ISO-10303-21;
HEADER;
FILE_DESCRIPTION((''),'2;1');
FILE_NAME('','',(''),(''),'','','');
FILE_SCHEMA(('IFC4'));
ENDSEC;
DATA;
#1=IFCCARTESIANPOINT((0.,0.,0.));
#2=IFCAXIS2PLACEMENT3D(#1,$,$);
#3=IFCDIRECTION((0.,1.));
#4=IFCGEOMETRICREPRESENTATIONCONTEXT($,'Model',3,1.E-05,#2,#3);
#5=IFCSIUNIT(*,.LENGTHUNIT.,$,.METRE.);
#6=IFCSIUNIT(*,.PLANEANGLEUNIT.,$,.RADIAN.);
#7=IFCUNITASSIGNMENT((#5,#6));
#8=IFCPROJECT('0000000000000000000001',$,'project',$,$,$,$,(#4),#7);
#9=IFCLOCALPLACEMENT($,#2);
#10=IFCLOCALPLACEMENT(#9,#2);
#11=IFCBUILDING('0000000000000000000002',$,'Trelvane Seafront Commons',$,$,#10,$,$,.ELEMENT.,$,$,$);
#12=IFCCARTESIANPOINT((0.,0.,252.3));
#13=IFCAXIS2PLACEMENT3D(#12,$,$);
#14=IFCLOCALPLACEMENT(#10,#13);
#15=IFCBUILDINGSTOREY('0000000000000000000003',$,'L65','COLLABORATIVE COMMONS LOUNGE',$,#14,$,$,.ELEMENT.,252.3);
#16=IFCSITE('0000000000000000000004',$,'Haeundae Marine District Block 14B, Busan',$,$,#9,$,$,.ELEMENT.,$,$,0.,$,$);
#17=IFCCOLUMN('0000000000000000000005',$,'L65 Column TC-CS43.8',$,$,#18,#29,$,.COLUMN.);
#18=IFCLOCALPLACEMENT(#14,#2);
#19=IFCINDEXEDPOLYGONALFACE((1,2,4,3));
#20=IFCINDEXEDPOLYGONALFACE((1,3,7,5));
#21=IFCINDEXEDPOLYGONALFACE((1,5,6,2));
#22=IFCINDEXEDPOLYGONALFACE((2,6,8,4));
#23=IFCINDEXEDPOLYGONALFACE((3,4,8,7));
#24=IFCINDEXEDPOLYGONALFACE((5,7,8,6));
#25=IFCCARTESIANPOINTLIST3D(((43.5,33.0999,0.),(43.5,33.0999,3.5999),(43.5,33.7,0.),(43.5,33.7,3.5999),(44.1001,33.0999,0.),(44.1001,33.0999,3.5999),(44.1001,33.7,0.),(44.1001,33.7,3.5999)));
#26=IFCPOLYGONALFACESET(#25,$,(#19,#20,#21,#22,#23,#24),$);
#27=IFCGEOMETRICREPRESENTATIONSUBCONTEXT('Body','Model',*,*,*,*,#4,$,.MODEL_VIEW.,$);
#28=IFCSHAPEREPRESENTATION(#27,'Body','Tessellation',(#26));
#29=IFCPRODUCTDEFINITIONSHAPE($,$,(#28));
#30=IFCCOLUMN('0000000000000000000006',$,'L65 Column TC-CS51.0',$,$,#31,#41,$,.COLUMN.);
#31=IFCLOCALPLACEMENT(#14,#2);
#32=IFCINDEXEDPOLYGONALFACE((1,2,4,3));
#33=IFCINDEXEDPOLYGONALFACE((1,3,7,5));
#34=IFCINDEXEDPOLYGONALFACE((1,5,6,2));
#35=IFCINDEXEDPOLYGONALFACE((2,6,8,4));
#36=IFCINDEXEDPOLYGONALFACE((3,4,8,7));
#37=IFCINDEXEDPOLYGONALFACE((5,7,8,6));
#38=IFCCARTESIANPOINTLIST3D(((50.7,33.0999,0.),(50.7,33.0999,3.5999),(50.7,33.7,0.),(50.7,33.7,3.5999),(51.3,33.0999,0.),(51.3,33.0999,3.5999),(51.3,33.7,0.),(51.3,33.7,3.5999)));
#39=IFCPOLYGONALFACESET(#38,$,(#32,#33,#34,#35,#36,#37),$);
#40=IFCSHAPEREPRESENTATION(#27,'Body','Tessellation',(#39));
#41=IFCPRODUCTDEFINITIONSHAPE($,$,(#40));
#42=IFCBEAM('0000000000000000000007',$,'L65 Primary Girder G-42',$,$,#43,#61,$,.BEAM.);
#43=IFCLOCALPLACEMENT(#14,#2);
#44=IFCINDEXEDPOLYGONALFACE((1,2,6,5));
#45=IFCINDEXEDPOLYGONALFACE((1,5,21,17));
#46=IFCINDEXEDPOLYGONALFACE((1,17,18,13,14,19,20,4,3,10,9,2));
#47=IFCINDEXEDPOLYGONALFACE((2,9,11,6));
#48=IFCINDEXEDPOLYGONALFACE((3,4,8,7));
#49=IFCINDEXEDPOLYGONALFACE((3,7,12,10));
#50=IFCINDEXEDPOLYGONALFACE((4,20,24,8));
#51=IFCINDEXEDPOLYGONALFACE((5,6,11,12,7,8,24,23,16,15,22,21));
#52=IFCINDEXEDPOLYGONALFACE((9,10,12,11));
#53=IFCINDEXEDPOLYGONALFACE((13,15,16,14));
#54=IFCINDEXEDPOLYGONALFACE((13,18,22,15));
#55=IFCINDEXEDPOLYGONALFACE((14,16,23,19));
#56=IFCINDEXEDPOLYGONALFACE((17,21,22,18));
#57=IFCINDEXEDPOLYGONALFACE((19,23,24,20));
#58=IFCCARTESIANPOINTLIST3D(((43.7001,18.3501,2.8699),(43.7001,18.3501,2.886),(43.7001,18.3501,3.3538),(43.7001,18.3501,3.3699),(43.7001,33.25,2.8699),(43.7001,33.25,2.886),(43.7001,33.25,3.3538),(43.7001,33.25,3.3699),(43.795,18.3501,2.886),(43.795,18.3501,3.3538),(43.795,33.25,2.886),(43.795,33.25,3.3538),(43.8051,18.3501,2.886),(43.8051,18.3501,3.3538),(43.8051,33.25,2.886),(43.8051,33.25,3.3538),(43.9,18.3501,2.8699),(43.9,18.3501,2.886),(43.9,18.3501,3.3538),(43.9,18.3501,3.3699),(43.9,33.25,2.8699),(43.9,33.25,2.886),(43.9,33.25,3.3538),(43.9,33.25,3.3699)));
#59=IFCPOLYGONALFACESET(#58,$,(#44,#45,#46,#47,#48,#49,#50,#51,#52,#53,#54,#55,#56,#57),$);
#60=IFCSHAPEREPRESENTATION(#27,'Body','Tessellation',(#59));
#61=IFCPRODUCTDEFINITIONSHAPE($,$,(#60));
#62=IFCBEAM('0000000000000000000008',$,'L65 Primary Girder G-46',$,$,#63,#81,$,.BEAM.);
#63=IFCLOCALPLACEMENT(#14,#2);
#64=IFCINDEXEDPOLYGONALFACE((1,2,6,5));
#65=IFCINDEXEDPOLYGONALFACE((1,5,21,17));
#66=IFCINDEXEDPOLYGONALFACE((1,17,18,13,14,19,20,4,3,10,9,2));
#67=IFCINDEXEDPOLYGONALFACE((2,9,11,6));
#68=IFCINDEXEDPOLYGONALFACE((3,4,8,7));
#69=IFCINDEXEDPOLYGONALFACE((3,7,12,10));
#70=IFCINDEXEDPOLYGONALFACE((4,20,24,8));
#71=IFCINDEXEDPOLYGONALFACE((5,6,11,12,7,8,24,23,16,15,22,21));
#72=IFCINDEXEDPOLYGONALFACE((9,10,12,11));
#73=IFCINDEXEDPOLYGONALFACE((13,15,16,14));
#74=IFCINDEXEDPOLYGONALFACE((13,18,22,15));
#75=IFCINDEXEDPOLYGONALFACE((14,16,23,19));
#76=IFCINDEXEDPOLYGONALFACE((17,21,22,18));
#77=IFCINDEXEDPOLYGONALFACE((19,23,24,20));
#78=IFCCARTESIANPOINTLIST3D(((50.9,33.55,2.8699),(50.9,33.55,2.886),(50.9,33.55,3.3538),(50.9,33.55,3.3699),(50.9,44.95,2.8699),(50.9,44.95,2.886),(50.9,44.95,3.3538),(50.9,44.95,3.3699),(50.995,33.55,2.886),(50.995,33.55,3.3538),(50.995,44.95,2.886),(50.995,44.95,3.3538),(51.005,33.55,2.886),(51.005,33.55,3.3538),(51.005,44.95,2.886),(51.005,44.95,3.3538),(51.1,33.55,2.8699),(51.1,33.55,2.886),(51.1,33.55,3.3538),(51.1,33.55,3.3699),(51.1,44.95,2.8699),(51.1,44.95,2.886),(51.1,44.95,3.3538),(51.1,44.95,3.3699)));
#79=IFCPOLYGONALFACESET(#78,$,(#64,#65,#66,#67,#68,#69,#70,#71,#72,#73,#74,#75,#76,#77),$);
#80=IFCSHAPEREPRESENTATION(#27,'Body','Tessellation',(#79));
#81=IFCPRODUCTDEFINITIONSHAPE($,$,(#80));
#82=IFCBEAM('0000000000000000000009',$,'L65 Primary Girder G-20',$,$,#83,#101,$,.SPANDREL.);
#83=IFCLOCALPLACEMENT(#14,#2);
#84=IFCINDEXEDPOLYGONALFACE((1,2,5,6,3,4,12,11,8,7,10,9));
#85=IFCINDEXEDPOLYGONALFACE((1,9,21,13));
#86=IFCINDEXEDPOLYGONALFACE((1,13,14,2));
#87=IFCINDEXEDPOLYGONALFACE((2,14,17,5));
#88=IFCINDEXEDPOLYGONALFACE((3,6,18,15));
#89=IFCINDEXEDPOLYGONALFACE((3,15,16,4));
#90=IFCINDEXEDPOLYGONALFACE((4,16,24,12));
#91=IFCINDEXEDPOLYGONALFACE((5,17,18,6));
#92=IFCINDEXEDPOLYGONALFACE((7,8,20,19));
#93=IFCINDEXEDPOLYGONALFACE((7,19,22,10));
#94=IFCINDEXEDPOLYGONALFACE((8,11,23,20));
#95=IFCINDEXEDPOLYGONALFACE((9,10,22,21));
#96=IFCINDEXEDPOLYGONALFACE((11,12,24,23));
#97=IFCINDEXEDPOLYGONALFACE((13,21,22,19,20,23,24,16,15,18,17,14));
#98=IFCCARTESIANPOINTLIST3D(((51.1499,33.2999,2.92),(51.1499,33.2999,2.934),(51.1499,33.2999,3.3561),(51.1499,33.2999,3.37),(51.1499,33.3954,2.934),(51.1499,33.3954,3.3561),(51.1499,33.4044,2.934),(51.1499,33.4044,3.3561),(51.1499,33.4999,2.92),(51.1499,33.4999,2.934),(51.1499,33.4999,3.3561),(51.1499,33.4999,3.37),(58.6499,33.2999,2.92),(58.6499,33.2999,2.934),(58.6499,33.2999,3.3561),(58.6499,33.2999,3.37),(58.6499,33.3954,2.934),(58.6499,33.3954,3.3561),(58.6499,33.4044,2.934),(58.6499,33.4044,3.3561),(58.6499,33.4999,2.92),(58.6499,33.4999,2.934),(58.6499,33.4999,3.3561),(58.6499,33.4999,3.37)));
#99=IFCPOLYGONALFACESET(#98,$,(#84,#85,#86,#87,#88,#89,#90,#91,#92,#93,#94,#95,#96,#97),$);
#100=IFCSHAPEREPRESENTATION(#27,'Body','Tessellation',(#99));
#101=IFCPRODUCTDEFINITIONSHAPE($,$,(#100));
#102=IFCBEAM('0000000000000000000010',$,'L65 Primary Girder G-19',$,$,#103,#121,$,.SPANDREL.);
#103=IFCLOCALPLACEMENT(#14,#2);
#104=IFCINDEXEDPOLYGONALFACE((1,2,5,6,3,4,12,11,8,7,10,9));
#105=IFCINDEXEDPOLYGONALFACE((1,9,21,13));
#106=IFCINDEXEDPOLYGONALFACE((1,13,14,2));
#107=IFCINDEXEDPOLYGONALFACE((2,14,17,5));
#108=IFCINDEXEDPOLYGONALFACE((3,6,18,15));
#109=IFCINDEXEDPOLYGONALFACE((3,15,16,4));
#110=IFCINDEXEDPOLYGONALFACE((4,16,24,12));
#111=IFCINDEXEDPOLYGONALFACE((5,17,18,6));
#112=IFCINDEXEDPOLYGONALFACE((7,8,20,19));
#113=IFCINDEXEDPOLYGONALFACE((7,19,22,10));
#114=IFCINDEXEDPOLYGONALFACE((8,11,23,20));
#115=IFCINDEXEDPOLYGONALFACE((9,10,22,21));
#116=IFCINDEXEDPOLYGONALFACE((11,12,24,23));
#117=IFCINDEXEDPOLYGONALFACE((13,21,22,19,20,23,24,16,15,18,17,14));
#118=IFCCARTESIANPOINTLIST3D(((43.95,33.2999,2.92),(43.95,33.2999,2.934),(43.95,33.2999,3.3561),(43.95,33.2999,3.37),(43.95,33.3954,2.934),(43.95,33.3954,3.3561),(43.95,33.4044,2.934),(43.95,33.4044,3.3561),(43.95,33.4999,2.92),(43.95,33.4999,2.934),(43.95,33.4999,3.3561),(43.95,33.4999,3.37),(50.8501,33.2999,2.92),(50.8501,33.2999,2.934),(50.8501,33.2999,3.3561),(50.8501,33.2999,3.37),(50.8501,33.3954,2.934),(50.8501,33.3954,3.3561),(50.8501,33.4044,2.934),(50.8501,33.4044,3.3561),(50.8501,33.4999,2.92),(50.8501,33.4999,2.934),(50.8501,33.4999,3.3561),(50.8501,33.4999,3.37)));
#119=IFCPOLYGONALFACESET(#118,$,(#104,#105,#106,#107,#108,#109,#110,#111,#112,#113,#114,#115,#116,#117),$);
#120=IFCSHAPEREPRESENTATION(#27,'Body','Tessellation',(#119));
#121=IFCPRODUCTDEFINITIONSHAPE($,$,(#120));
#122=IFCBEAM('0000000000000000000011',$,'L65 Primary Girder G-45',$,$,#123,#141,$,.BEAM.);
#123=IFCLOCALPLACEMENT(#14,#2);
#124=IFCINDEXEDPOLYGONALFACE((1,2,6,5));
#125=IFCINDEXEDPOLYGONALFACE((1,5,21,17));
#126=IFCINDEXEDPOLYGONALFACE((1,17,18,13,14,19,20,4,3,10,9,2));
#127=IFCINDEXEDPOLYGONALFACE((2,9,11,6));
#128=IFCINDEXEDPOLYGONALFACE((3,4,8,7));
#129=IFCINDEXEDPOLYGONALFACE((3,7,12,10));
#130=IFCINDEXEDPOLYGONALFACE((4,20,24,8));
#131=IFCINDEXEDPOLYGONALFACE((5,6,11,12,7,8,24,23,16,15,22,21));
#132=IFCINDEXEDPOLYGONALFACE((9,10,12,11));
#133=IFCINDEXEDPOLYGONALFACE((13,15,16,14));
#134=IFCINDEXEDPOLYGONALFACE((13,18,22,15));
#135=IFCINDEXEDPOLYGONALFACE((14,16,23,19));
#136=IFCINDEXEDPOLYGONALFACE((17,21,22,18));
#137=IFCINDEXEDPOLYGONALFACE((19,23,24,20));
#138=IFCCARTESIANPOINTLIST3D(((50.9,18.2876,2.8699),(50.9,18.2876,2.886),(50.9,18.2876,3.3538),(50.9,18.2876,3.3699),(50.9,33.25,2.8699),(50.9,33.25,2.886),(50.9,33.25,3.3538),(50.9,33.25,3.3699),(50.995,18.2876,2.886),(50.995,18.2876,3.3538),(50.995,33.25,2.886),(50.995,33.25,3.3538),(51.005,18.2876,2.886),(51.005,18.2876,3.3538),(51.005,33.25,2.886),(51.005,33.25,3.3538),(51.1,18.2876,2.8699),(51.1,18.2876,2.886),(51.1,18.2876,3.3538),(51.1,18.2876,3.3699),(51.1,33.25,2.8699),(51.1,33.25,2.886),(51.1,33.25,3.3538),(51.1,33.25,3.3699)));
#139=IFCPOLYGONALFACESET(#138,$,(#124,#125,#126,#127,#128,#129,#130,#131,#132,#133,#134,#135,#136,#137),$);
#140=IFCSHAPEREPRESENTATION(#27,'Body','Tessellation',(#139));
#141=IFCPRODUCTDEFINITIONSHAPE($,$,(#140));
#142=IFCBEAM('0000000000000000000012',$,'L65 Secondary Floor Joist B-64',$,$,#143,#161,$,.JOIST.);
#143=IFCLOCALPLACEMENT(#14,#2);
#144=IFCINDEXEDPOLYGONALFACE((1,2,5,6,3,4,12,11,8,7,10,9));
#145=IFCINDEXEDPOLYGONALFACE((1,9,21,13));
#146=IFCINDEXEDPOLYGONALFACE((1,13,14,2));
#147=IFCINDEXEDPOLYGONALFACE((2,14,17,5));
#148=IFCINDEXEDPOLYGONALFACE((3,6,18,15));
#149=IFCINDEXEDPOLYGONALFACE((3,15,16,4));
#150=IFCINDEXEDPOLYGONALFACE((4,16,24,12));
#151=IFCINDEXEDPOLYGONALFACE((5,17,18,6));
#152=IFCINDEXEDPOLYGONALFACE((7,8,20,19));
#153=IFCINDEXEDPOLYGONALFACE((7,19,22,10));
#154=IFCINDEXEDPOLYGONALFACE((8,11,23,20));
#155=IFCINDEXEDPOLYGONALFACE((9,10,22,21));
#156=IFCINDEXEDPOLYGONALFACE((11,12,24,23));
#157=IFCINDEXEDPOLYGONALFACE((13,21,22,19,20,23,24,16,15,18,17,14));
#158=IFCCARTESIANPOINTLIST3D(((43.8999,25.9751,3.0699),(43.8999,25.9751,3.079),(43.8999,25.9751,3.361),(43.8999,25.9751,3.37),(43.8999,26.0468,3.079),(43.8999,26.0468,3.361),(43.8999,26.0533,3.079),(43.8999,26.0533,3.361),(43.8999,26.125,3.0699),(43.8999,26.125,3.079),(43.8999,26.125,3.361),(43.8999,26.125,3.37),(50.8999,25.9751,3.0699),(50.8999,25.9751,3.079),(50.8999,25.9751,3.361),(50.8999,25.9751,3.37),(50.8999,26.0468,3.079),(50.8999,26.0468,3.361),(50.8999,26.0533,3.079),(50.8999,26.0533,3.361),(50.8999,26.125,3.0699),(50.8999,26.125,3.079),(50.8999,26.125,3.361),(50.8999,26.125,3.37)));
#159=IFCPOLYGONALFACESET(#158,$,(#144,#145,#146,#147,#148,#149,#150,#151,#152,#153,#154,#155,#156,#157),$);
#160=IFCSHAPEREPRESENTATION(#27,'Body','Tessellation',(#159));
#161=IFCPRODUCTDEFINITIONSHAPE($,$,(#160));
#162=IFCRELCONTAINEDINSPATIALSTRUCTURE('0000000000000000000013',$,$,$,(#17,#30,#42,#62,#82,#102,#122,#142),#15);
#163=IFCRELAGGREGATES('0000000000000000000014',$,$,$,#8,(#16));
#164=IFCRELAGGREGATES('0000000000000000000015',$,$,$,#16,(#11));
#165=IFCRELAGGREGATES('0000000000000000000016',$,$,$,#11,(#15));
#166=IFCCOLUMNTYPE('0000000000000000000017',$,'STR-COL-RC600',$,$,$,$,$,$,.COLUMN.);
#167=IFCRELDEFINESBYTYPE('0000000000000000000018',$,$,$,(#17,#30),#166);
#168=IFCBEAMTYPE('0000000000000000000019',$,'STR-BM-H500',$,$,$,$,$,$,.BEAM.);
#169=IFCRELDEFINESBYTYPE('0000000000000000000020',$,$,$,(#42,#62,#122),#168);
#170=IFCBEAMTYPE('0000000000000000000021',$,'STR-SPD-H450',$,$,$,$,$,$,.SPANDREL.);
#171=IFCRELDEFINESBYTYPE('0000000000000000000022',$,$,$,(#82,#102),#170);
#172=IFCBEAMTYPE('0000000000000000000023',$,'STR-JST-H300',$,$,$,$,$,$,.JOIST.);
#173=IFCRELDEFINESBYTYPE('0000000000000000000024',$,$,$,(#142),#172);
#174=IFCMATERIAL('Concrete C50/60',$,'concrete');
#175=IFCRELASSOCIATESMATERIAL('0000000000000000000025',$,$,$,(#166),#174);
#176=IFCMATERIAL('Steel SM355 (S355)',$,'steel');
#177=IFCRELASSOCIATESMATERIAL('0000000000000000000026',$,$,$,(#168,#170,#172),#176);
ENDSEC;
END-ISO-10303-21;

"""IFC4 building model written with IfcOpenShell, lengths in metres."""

from ifc_helpers import new_model, si_unit, direction, frame, origin, origin_2d, place, context, subcontext, project, spatial, rectangle, i_section, extrude, source, transform, mapped, material, material_profile, profile_set, type_object, element, save


model = new_model("IFC4")

# Units and contexts
model_context = context("Model", 3, precision=1e-05, world=origin(), true_north=direction((0.0, 1.0)))
body_context = subcontext(model_context, "Body", "Model", "MODEL_VIEW")
ifc_project = project(units=[si_unit("LENGTHUNIT", "METRE"), si_unit("PLANEANGLEUNIT", "RADIAN")], contexts=[model_context])

# Site, building, storey
site_placement = place(None, origin())
site = spatial("IfcSite", under=ifc_project, at=site_placement, Name="Haeundae Marine District Block 14B, Busan", CompositionType="ELEMENT", RefElevation=0.0)
building_placement = place(site_placement, origin())
building = spatial("IfcBuilding", under=site, at=building_placement, Name="Trelvane Seafront Commons", CompositionType="ELEMENT")
storey_placement = place(building_placement, frame((0.0, 0.0, 252.3)))
storey = spatial("IfcBuildingStorey", under=building, at=storey_placement, Name="L65", Description="COLLABORATIVE COMMONS LOUNGE", CompositionType="ELEMENT", Elevation=252.3)

# Columns
ifc_material_1 = material(Name="Concrete C50/60", Category="concrete")
ifc_material_profile_1 = material_profile(ifc_material_1, rectangle(XDim=0.6001, YDim=0.6001, at=origin_2d()), Name="RC-600x600")
ifc_profile_set_1 = profile_set([ifc_material_profile_1], Name="Concrete C50/60")
column_type = type_object("IfcColumnType", Name="STR-COL-RC600", PredefinedType="COLUMN", material=ifc_profile_set_1)
shared_shape_1 = source(origin(), body_context, "Body", "SweptSolid", [
    extrude(rectangle(XDim=0.6001, YDim=0.6001, at=origin_2d()), origin(), (0.0, 0.0, 1.0), 3.5999),
])
for number, where, z_axis, x_axis, name in (
    (1, (43.8, 33.3999, 0.0), (0.0, 0.0, 1.0), (1.0, 0.0, 0.0), "L65 Column TC-CS43.8"),
    (2, (51.0, 33.3999, 0.0), (0.0, 0.0, 1.0), (1.0, 0.0, 0.0), "L65 Column TC-CS51.0"),
):
    element("IfcColumn", number, at=place(storey_placement, frame(where, z_axis=z_axis, x_axis=x_axis)), inside=storey, type_object=column_type, Name=name, PredefinedType="COLUMN", context=body_context, shape_type="MappedRepresentation", body=[
        mapped(shared_shape_1, transform((0.0, 0.0, 0.0), x_axis=(1.0, 0.0, 0.0), y_axis=(0.0, 1.0, 0.0), z_axis=(0.0, 0.0, 1.0), scale=1.0)),
    ])

# Beams
ifc_material_2 = material(Name="Steel SM355 (S355)", Category="steel")
ifc_material_profile_2 = material_profile(ifc_material_2, i_section(OverallWidth=0.2, OverallDepth=0.5, WebThickness=0.01, FlangeThickness=0.0161, at=origin_2d()), Name="H-500x200x10x16")
ifc_profile_set_2 = profile_set([ifc_material_profile_2], Name="Steel SM355 (S355)")
beam_type_1 = type_object("IfcBeamType", Name="STR-BM-H500", PredefinedType="BEAM", material=ifc_profile_set_2)
shared_shape_2 = source(origin(), body_context, "Body", "SweptSolid", [
    extrude(i_section(OverallWidth=0.2, OverallDepth=0.5, WebThickness=0.01, FlangeThickness=0.0161, at=origin_2d()), origin(), (0.0, 0.0, 1.0), 14.8999),
])
beam_1_placement = place(storey_placement, frame((43.8, 18.3501, 3.1199), z_axis=(0.0, 1.0, 0.0), x_axis=(-1.0, 0.0, 0.0)))
element("IfcBeam", 3, at=beam_1_placement, inside=storey, type_object=beam_type_1, Name="L65 Primary Girder G-42", PredefinedType="BEAM", context=body_context, shape_type="MappedRepresentation", body=[
    mapped(shared_shape_2, transform((0.0, 0.0, 0.0), x_axis=(1.0, 0.0, 0.0), y_axis=(0.0, 1.0, 0.0), z_axis=(0.0, 0.0, 1.0), scale=1.0)),
])
shared_shape_3 = source(origin(), body_context, "Body", "SweptSolid", [
    extrude(i_section(OverallWidth=0.2, OverallDepth=0.5, WebThickness=0.01, FlangeThickness=0.0161, at=origin_2d()), origin(), (0.0, 0.0, 1.0), 11.3999),
])
beam_2_placement = place(storey_placement, frame((51.0, 33.55, 3.1199), z_axis=(0.0, 1.0, 0.0), x_axis=(-1.0, 0.0, 0.0)))
element("IfcBeam", 4, at=beam_2_placement, inside=storey, type_object=beam_type_1, Name="L65 Primary Girder G-46", PredefinedType="BEAM", context=body_context, shape_type="MappedRepresentation", body=[
    mapped(shared_shape_3, transform((0.0, 0.0, 0.0), x_axis=(1.0, 0.0, 0.0), y_axis=(0.0, 1.0, 0.0), z_axis=(0.0, 0.0, 1.0), scale=1.0)),
])
ifc_material_profile_3 = material_profile(ifc_material_2, i_section(OverallWidth=0.2, OverallDepth=0.45, WebThickness=0.009, FlangeThickness=0.0139, at=origin_2d()), Name="H-450x200x9x14")
ifc_profile_set_3 = profile_set([ifc_material_profile_3], Name="Steel SM355 (S355)")
beam_type_2 = type_object("IfcBeamType", Name="STR-SPD-H450", PredefinedType="SPANDREL", material=ifc_profile_set_3)
shared_shape_4 = source(origin(), body_context, "Body", "SweptSolid", [
    extrude(i_section(OverallWidth=0.2, OverallDepth=0.45, WebThickness=0.009, FlangeThickness=0.0139, at=origin_2d()), origin(), (0.0, 0.0, 1.0), 7.5),
])
beam_3_placement = place(storey_placement, frame((51.1499, 33.3999, 3.145), z_axis=(1.0, 0.0, 0.0), x_axis=(0.0, 1.0, 0.0)))
element("IfcBeam", 5, at=beam_3_placement, inside=storey, type_object=beam_type_2, Name="L65 Primary Girder G-20", PredefinedType="SPANDREL", context=body_context, shape_type="MappedRepresentation", body=[
    mapped(shared_shape_4, transform((0.0, 0.0, 0.0), x_axis=(1.0, 0.0, 0.0), y_axis=(0.0, 1.0, 0.0), z_axis=(0.0, 0.0, 1.0), scale=1.0)),
])
shared_shape_5 = source(origin(), body_context, "Body", "SweptSolid", [
    extrude(i_section(OverallWidth=0.2, OverallDepth=0.45, WebThickness=0.009, FlangeThickness=0.0139, at=origin_2d()), origin(), (0.0, 0.0, 1.0), 6.9001),
])
beam_4_placement = place(storey_placement, frame((43.95, 33.3999, 3.145), z_axis=(1.0, 0.0, 0.0), x_axis=(0.0, 1.0, 0.0)))
element("IfcBeam", 6, at=beam_4_placement, inside=storey, type_object=beam_type_2, Name="L65 Primary Girder G-19", PredefinedType="SPANDREL", context=body_context, shape_type="MappedRepresentation", body=[
    mapped(shared_shape_5, transform((0.0, 0.0, 0.0), x_axis=(1.0, 0.0, 0.0), y_axis=(0.0, 1.0, 0.0), z_axis=(0.0, 0.0, 1.0), scale=1.0)),
])
shared_shape_6 = source(origin(), body_context, "Body", "SweptSolid", [
    extrude(i_section(OverallWidth=0.2, OverallDepth=0.5, WebThickness=0.01, FlangeThickness=0.0161, at=origin_2d()), origin(), (0.0, 0.0, 1.0), 14.9624),
])
beam_5_placement = place(storey_placement, frame((51.0, 18.2876, 3.1199), z_axis=(0.0, 1.0, 0.0), x_axis=(-1.0, 0.0, 0.0)))
element("IfcBeam", 7, at=beam_5_placement, inside=storey, type_object=beam_type_1, Name="L65 Primary Girder G-45", PredefinedType="BEAM", context=body_context, shape_type="MappedRepresentation", body=[
    mapped(shared_shape_6, transform((0.0, 0.0, 0.0), x_axis=(1.0, 0.0, 0.0), y_axis=(0.0, 1.0, 0.0), z_axis=(0.0, 0.0, 1.0), scale=1.0)),
])
ifc_material_profile_4 = material_profile(ifc_material_2, i_section(OverallWidth=0.1499, OverallDepth=0.3, WebThickness=0.0066, FlangeThickness=0.009, at=origin_2d()), Name="H-300x150x6.5x9")
ifc_profile_set_4 = profile_set([ifc_material_profile_4], Name="Steel SM355 (S355)")
beam_type_3 = type_object("IfcBeamType", Name="STR-JST-H300", PredefinedType="JOIST", material=ifc_profile_set_4)
shared_shape_7 = source(origin(), body_context, "Body", "SweptSolid", [
    extrude(i_section(OverallWidth=0.1499, OverallDepth=0.3, WebThickness=0.0066, FlangeThickness=0.009, at=origin_2d()), origin(), (0.0, 0.0, 1.0), 7.0),
])
beam_6_placement = place(storey_placement, frame((43.8999, 26.05, 3.22), z_axis=(1.0, 0.0, 0.0), x_axis=(0.0, 1.0, 0.0)))
element("IfcBeam", 8, at=beam_6_placement, inside=storey, type_object=beam_type_3, Name="L65 Secondary Floor Joist B-64", PredefinedType="JOIST", context=body_context, shape_type="MappedRepresentation", body=[
    mapped(shared_shape_7, transform((0.0, 0.0, 0.0), x_axis=(1.0, 0.0, 0.0), y_axis=(0.0, 1.0, 0.0), z_axis=(0.0, 0.0, 1.0), scale=1.0)),
])

save(model, "model.ifc")
